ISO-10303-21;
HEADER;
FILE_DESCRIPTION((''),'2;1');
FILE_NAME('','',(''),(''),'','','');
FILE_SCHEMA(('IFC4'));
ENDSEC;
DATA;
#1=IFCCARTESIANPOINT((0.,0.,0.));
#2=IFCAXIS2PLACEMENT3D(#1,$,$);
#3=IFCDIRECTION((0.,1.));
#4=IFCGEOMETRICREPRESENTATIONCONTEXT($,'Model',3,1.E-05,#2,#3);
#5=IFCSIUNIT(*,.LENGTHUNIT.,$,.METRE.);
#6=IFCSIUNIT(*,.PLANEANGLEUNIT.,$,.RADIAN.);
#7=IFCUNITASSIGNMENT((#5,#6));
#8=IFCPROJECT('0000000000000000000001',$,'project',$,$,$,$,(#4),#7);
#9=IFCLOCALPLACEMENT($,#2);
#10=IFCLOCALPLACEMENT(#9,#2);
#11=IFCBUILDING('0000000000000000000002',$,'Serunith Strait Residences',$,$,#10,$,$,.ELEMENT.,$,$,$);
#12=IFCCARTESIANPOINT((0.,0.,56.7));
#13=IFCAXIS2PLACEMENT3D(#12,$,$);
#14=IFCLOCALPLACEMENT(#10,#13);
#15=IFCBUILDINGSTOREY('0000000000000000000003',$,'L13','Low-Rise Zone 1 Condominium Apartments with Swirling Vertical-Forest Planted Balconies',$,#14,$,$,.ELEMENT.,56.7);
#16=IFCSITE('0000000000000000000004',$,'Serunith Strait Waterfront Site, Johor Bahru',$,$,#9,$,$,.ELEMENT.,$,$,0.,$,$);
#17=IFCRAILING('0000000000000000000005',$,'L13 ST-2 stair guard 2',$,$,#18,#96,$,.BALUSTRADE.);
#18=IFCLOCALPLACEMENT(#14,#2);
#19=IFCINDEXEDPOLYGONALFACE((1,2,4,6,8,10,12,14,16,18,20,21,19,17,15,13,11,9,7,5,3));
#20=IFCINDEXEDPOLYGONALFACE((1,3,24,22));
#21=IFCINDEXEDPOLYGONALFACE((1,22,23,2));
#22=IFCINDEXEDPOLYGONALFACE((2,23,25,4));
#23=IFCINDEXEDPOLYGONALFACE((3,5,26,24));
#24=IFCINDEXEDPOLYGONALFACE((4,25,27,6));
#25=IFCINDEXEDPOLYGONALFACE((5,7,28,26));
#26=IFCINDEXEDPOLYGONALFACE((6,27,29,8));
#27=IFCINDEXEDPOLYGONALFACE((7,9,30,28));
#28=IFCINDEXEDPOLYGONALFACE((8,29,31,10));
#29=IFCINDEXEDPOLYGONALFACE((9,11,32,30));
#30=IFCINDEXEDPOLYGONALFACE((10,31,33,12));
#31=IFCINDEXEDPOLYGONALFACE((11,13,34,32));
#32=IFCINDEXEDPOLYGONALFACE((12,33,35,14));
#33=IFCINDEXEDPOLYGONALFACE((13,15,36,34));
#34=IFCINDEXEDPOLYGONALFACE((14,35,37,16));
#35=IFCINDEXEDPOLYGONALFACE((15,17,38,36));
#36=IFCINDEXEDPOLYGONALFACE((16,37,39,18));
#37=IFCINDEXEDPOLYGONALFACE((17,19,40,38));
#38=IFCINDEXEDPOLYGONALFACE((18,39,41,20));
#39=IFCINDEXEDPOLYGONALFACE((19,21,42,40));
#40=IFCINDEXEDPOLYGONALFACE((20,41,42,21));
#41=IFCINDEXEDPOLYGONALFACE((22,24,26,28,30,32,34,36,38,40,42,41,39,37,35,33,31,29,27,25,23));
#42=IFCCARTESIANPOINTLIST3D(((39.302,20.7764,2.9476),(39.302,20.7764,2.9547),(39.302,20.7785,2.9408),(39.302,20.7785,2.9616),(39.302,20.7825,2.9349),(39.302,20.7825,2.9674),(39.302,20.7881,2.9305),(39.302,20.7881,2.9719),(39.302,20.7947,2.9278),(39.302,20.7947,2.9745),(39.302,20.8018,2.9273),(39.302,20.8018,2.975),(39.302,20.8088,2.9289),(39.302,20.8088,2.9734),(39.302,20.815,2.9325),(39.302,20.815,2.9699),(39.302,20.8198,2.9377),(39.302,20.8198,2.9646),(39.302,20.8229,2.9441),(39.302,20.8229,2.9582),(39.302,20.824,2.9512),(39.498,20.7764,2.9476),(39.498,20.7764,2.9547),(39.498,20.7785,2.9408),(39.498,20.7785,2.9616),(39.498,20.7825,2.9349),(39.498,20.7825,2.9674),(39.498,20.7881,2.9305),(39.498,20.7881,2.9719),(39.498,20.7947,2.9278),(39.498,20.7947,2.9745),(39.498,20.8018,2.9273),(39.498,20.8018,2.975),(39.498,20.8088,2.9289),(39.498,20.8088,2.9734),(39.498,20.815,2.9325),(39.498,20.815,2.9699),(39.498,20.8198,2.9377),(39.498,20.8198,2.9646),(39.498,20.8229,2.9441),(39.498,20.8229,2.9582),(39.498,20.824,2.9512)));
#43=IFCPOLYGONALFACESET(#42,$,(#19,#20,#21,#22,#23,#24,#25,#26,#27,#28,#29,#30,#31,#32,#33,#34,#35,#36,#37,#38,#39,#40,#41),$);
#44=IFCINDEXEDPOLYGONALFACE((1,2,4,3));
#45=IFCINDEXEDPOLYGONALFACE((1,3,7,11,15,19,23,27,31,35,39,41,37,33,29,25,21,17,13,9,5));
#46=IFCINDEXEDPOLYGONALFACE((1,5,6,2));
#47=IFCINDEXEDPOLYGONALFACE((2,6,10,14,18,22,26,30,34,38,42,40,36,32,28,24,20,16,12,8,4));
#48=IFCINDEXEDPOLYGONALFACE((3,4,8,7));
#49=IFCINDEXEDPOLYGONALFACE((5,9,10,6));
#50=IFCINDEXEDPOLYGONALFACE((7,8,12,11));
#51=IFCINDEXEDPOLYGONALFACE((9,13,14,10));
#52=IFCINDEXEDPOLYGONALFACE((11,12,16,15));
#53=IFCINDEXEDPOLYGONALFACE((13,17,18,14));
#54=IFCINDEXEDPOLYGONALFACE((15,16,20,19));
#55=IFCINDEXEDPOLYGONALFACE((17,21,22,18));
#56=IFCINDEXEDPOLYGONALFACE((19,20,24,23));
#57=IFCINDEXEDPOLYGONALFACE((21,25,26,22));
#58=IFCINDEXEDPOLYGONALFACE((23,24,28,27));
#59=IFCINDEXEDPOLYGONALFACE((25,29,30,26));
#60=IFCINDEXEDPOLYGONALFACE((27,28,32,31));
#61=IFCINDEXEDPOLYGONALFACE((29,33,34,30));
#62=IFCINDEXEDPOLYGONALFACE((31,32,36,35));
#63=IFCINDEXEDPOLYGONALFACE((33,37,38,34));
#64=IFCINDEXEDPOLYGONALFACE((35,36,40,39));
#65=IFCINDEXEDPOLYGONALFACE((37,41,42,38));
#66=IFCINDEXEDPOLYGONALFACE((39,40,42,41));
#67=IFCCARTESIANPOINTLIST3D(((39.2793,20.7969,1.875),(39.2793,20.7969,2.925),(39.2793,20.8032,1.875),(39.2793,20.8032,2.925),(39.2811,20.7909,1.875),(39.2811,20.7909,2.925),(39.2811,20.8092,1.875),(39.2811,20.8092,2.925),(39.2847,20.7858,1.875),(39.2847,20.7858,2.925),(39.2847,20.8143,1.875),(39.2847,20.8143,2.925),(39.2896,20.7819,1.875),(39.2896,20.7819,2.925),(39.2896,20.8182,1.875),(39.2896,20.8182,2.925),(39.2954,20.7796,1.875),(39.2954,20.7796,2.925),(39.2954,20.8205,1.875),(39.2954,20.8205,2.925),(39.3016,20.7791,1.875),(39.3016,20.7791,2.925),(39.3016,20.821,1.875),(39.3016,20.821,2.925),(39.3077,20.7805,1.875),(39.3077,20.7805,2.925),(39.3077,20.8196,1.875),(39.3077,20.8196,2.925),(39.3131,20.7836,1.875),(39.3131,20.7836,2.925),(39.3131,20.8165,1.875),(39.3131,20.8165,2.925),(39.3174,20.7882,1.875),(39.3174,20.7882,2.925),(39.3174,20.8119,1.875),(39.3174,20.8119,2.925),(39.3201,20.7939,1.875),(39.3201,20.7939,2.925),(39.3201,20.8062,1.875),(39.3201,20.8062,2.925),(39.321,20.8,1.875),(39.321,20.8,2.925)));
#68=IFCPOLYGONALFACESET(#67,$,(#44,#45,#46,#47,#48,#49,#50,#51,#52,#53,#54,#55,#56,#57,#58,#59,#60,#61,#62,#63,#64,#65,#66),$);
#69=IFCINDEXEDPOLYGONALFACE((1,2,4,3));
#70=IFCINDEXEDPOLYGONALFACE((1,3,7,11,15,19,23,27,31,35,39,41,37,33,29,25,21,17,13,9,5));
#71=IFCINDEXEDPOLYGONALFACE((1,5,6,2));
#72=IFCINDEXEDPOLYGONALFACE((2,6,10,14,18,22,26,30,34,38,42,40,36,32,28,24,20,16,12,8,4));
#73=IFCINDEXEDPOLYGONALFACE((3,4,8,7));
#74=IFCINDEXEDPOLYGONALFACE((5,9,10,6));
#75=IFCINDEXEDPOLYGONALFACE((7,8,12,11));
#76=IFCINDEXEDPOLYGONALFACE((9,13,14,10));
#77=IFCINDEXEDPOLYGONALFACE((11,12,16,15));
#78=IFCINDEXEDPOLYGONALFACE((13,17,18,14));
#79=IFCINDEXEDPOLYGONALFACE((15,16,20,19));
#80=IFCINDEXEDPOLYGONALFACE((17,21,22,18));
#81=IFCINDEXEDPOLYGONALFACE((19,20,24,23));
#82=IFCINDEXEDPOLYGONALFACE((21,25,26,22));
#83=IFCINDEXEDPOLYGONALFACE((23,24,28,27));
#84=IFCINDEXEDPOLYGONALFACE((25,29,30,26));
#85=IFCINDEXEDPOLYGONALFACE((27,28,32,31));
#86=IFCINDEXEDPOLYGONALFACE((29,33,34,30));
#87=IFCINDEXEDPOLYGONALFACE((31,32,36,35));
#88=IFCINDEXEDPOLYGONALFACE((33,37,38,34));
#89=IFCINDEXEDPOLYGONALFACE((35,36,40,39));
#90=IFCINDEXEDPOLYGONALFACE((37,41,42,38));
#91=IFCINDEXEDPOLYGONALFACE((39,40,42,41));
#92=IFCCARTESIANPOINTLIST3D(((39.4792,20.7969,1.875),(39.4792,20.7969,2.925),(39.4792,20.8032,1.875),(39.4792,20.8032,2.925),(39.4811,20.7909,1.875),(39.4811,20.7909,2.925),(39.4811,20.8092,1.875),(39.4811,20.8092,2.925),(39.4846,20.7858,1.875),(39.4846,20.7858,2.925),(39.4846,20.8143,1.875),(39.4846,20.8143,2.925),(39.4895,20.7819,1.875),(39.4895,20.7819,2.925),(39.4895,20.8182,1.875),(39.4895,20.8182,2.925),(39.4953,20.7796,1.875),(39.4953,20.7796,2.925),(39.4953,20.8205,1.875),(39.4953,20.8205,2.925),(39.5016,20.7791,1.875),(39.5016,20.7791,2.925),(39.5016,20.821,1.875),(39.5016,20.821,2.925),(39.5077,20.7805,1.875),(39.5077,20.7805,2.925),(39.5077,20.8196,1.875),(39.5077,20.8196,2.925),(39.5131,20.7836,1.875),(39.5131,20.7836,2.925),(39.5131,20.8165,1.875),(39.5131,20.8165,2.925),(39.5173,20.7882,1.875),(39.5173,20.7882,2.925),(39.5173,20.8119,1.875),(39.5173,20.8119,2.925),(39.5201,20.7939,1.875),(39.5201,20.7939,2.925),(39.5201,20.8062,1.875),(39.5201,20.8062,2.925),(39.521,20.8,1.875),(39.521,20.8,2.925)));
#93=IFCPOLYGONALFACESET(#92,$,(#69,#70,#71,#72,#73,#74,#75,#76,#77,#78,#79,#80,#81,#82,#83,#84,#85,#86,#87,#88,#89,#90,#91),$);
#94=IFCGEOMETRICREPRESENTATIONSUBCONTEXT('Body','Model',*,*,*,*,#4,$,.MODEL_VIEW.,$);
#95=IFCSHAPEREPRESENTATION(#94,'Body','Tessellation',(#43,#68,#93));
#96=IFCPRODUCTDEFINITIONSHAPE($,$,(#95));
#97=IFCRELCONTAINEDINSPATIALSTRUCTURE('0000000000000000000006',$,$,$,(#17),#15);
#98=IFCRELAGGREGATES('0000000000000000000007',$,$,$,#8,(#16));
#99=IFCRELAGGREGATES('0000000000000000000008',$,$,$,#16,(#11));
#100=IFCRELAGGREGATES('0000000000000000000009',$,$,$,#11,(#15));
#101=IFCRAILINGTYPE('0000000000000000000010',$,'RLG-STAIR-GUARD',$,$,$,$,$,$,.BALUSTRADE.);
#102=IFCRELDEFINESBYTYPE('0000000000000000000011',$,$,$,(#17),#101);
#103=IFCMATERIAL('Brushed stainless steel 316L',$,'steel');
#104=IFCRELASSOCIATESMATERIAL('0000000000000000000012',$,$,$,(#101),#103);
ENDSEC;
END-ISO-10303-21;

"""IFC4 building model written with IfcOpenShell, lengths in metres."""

from ifc_helpers import new_model, si_unit, direction, frame, origin, origin_2d, place, context, subcontext, project, spatial, circle, extrude, material, type_object, element, save


model = new_model("IFC4")

# Units and contexts
model_context = context("Model", 3, precision=1e-05, world=origin(), true_north=direction((0.0, 1.0)))
body_context = subcontext(model_context, "Body", "Model", "MODEL_VIEW")
ifc_project = project(units=[si_unit("LENGTHUNIT", "METRE"), si_unit("PLANEANGLEUNIT", "RADIAN")], contexts=[model_context])

# Site, building, storey
site_placement = place(None, origin())
site = spatial("IfcSite", under=ifc_project, at=site_placement, Name="Serunith Strait Waterfront Site, Johor Bahru", CompositionType="ELEMENT", RefElevation=0.0)
building_placement = place(site_placement, origin())
building = spatial("IfcBuilding", under=site, at=building_placement, Name="Serunith Strait Residences", CompositionType="ELEMENT")
storey_placement = place(building_placement, frame((0.0, 0.0, 56.7)))
storey = spatial("IfcBuildingStorey", under=building, at=storey_placement, Name="L13", Description="Low-Rise Zone 1 Condominium Apartments with Swirling Vertical-Forest Planted Balconies", CompositionType="ELEMENT", Elevation=56.7)

# Railing
ifc_material_1 = material(Name="Brushed stainless steel 316L", Category="steel")
railing_type_1 = type_object("IfcRailingType", Name="RLG-STAIR-GUARD", PredefinedType="BALUSTRADE", material=ifc_material_1)
railing_1_placement = place(storey_placement, frame((39.3, 20.8, 1.875)))
element("IfcRailing", 1, at=railing_1_placement, inside=storey, type_object=railing_type_1, Name="L13 ST-2 stair guard 2", PredefinedType="BALUSTRADE", context=body_context, shape_type="SweptSolid", body=[
    extrude(circle(Radius=0.0239, at=origin_2d()), frame((0.002, 0.0, 1.0762), z_axis=(1.0, 0.0, 0.0), x_axis=(0.0, 1.0, 0.0)), (0.0, 0.0, 1.0), 0.196),
    extrude(circle(Radius=0.021, at=origin_2d()), origin(), (0.0, 0.0, 1.0), 1.05),
    extrude(circle(Radius=0.021, at=origin_2d()), frame((0.2, 0.0, 0.0)), (0.0, 0.0, 1.0), 1.05),
])

save(model, "model.ifc")
